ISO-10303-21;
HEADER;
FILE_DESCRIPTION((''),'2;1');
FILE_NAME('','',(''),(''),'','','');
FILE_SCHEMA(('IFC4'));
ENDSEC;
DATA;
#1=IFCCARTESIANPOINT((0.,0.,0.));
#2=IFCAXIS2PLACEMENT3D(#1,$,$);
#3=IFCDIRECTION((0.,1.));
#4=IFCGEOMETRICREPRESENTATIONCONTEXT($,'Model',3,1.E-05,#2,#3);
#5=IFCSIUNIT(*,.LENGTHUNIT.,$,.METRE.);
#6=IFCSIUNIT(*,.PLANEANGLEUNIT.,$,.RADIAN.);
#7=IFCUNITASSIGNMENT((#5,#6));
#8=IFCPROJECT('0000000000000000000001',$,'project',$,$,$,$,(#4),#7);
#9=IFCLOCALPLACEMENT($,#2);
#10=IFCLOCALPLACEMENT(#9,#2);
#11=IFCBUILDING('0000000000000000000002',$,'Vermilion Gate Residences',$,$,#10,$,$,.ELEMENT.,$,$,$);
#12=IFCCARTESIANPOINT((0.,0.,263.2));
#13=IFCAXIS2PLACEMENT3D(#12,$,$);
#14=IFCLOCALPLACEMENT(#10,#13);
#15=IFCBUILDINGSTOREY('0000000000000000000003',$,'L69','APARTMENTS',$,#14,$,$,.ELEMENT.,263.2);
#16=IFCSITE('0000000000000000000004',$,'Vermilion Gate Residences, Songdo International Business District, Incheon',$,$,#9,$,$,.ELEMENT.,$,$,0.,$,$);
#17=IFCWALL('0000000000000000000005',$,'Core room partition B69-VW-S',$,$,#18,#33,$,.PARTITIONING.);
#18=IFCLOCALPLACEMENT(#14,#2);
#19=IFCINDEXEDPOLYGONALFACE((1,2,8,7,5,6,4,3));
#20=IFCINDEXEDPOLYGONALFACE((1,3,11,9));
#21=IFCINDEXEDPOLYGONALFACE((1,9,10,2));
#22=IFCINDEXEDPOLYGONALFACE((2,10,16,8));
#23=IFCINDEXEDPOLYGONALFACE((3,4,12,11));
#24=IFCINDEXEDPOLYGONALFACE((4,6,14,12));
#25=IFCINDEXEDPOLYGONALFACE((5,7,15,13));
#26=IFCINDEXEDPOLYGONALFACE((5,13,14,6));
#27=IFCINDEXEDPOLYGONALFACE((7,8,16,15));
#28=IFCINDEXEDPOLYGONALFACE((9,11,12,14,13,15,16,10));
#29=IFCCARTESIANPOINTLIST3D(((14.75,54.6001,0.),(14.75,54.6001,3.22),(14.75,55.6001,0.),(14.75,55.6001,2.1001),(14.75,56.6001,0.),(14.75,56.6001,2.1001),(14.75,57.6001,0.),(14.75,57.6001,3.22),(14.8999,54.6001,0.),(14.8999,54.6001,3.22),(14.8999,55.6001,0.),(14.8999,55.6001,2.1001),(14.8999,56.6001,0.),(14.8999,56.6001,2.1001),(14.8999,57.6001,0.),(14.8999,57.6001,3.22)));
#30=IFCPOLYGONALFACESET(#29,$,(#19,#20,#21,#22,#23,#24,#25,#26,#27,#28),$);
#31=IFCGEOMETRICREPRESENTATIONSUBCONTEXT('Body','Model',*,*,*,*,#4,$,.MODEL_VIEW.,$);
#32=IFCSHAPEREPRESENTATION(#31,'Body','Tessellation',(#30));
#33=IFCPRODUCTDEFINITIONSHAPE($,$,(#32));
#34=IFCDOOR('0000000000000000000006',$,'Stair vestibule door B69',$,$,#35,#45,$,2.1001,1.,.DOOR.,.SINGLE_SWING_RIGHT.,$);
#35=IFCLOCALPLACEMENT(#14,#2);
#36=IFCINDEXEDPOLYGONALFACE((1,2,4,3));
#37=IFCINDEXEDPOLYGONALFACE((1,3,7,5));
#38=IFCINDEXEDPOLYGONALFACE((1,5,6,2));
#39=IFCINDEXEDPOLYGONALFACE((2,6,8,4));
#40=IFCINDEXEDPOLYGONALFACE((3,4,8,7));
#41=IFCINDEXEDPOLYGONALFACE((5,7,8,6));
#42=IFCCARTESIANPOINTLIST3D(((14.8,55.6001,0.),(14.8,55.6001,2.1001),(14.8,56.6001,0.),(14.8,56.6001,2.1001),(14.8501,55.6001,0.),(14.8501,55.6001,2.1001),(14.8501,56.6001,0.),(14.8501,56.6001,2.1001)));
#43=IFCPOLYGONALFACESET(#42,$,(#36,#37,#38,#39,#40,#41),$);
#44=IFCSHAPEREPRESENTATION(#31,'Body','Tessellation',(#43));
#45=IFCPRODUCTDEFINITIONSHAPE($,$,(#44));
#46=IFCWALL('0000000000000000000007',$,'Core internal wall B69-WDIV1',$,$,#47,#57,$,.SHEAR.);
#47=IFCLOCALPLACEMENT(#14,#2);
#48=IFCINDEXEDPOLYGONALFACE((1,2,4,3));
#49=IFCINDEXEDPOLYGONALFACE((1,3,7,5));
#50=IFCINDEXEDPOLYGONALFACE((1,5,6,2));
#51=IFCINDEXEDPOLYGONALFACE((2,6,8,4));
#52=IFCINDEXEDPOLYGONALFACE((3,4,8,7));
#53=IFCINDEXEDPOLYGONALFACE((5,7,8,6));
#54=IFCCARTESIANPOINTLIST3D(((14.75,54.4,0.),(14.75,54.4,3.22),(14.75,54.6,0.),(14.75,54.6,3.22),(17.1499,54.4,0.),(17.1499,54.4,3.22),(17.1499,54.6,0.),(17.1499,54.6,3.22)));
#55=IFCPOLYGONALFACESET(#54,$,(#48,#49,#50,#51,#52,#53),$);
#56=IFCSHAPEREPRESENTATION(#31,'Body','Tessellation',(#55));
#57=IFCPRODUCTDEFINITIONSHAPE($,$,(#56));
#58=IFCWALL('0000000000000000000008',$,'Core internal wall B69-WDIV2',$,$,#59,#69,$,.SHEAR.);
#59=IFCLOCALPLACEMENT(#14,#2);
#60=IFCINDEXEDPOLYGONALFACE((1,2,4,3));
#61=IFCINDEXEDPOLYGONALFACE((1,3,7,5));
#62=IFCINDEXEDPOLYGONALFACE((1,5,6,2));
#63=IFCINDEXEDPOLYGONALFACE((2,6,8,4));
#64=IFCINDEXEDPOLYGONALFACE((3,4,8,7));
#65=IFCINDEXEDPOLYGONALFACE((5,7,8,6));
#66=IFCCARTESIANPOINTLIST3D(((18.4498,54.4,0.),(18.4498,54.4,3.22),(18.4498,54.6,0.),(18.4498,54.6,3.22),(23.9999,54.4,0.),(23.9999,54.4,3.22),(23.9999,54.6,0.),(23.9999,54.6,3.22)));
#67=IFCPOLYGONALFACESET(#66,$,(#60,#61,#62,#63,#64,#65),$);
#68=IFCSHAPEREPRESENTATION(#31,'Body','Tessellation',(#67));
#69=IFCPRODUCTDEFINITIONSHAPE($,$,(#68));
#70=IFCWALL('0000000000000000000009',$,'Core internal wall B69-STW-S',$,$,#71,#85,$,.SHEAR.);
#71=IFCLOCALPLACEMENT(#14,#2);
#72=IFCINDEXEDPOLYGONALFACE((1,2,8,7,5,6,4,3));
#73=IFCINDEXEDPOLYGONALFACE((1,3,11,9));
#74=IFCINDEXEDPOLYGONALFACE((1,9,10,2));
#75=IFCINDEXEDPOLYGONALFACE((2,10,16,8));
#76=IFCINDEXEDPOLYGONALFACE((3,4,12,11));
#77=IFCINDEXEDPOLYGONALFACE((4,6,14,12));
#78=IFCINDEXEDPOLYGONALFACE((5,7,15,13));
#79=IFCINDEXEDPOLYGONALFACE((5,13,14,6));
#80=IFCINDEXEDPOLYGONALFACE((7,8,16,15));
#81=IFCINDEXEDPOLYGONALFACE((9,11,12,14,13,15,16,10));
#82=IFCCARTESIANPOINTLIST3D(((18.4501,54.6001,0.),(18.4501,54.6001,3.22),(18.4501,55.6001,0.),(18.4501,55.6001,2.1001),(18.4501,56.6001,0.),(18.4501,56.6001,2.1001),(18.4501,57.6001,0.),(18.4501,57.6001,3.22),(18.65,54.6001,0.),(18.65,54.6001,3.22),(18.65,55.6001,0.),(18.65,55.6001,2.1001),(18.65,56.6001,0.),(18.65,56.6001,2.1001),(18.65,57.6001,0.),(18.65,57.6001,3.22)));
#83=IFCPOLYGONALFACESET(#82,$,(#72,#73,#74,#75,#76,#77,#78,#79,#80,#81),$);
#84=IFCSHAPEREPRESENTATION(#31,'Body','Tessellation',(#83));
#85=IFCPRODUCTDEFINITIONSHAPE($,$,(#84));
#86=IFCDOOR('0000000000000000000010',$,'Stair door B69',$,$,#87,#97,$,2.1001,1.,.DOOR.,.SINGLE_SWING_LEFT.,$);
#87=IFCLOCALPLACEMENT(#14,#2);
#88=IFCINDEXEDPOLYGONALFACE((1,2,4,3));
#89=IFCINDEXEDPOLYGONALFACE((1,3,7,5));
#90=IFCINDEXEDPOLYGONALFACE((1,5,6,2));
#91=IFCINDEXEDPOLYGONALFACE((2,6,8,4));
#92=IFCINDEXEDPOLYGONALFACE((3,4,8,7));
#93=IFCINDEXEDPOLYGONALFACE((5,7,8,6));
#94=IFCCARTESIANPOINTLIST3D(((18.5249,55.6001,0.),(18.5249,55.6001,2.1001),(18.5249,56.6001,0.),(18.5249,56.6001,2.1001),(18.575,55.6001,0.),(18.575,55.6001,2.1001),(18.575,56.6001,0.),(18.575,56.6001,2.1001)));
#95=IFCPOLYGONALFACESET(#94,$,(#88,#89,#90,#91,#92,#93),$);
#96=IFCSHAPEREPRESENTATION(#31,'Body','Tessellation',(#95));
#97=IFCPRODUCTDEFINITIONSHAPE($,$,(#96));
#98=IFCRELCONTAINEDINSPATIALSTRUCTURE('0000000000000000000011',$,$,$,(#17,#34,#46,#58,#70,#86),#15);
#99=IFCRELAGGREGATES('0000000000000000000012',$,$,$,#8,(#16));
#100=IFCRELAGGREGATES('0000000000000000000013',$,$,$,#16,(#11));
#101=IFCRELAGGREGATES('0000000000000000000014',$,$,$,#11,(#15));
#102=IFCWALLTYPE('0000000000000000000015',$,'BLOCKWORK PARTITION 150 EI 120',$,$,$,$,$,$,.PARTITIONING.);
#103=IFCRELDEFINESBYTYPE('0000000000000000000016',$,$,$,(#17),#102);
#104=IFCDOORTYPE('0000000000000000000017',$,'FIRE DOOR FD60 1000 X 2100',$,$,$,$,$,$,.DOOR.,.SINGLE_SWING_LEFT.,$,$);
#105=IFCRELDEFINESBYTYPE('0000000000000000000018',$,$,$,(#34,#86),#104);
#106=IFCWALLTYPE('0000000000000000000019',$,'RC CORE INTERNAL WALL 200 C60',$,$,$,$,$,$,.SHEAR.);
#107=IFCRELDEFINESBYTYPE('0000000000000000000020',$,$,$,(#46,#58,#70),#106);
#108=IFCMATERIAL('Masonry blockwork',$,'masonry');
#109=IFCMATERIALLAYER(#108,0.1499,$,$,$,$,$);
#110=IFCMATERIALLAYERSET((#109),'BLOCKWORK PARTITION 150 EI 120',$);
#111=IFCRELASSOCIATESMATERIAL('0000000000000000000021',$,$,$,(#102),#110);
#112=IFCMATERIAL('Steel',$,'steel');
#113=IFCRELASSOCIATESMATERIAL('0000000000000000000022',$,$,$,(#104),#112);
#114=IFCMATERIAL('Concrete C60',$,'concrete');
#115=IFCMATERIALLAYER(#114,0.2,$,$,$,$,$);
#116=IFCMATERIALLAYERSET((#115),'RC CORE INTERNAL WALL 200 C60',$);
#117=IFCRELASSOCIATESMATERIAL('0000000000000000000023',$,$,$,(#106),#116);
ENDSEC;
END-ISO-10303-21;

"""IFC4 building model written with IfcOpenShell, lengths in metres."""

from ifc_helpers import new_model, si_unit, direction, frame, frame_2d, origin, place, context, subcontext, project, spatial, rectangle, extrude, material, layer, layer_set, type_object, element, fill, save


model = new_model("IFC4")

# Units and contexts
model_context = context("Model", 3, precision=1e-05, world=origin(), true_north=direction((0.0, 1.0)))
body_context = subcontext(model_context, "Body", "Model", "MODEL_VIEW")
ifc_project = project(units=[si_unit("LENGTHUNIT", "METRE"), si_unit("PLANEANGLEUNIT", "RADIAN")], contexts=[model_context])

# Site, building, storey
site_placement = place(None, origin())
site = spatial("IfcSite", under=ifc_project, at=site_placement, Name="Vermilion Gate Residences, Songdo International Business District, Incheon", CompositionType="ELEMENT", RefElevation=0.0)
building_placement = place(site_placement, origin())
building = spatial("IfcBuilding", under=site, at=building_placement, Name="Vermilion Gate Residences", CompositionType="ELEMENT")
storey_placement = place(building_placement, frame((0.0, 0.0, 263.2)))
storey = spatial("IfcBuildingStorey", under=building, at=storey_placement, Name="L69", Description="APARTMENTS", CompositionType="ELEMENT", Elevation=263.2)

# Wall, opening, door
ifc_material_1 = material(Name="Masonry blockwork", Category="masonry")
ifc_layer_1 = layer(ifc_material_1, 0.1499)
ifc_layer_set_1 = layer_set([ifc_layer_1], Name="BLOCKWORK PARTITION 150 EI 120")
wall_type_1 = type_object("IfcWallType", Name="BLOCKWORK PARTITION 150 EI 120", PredefinedType="PARTITIONING", material=ifc_layer_set_1)
wall_1_placement = place(storey_placement, frame((14.825, 57.6001, 0.0), z_axis=(0.0, 0.0, 1.0), x_axis=(0.0, -1.0, 0.0)))
wall_1 = element("IfcWall", 1, at=wall_1_placement, inside=storey, type_object=wall_type_1, Name="Core room partition B69-VW-S", PredefinedType="PARTITIONING", context=body_context, shape_type="SweptSolid", body=[
    extrude(rectangle(XDim=3.0, YDim=0.1499, at=frame_2d((1.5, 0.0))), origin(), (0.0, 0.0, 1.0), 3.22),
])
opening_1_placement = place(wall_1_placement, frame((1.0, 0.0, 0.0)))
opening_1 = element("IfcOpeningElement", 2, at=opening_1_placement, cuts=wall_1, PredefinedType="OPENING", context=body_context, shape_type="SweptSolid", body=[
    extrude(rectangle(XDim=1.0, YDim=2.1001, at=frame_2d((0.5, 1.05))), frame((0.0, 0.085, 0.0), z_axis=(0.0, -1.0, 0.0), x_axis=(1.0, 0.0, 0.0)), (0.0, 0.0, 1.0), 0.1699),
])
ifc_material_2 = material(Name="Steel", Category="steel")
door_type = type_object("IfcDoorType", Name="FIRE DOOR FD60 1000 X 2100", OperationType="SINGLE_SWING_LEFT", PredefinedType="DOOR", material=ifc_material_2)
door_1_placement = place(opening_1_placement, frame((1.0, 0.0, 0.0), z_axis=(0.0, 0.0, 1.0), x_axis=(-1.0, 0.0, 0.0)))
door_1 = element("IfcDoor", 3, at=door_1_placement, inside=storey, type_object=door_type, Name="Stair vestibule door B69", OperationType="SINGLE_SWING_RIGHT", OverallHeight=2.1001, OverallWidth=1.0, PredefinedType="DOOR", context=body_context, shape_type="SweptSolid", body=[
    extrude(rectangle(XDim=1.0, YDim=2.1001, at=frame_2d((0.5, 1.05))), frame((0.0, 0.0249, 0.0), z_axis=(0.0, -1.0, 0.0), x_axis=(1.0, 0.0, 0.0)), (0.0, 0.0, 1.0), 0.05),
])
fill(opening_1, door_1)

# Walls
ifc_material_3 = material(Name="Concrete C60", Category="concrete")
ifc_layer_2 = layer(ifc_material_3, 0.2)
ifc_layer_set_2 = layer_set([ifc_layer_2], Name="RC CORE INTERNAL WALL 200 C60")
wall_type_2 = type_object("IfcWallType", Name="RC CORE INTERNAL WALL 200 C60", PredefinedType="SHEAR", material=ifc_layer_set_2)
wall_2_placement = place(storey_placement, frame((14.75, 54.5, 0.0), z_axis=(0.0, 0.0, 1.0), x_axis=(1.0, 0.0, 0.0)))
element("IfcWall", 4, at=wall_2_placement, inside=storey, type_object=wall_type_2, Name="Core internal wall B69-WDIV1", PredefinedType="SHEAR", context=body_context, shape_type="SweptSolid", body=[
    extrude(rectangle(XDim=2.3999, YDim=0.2, at=frame_2d((1.2, 0.0))), origin(), (0.0, 0.0, 1.0), 3.22),
])
wall_3_placement = place(storey_placement, frame((18.45, 54.5, 0.0), z_axis=(0.0, 0.0, 1.0), x_axis=(1.0, 0.0, 0.0)))
element("IfcWall", 5, at=wall_3_placement, inside=storey, type_object=wall_type_2, Name="Core internal wall B69-WDIV2", PredefinedType="SHEAR", context=body_context, shape_type="SweptSolid", body=[
    extrude(rectangle(XDim=5.55, YDim=0.2, at=frame_2d((2.7749, 0.0))), origin(), (0.0, 0.0, 1.0), 3.22),
])

# Wall, opening, door
wall_4_placement = place(storey_placement, frame((18.55, 57.6001, 0.0), z_axis=(0.0, 0.0, 1.0), x_axis=(0.0, -1.0, 0.0)))
wall_4 = element("IfcWall", 6, at=wall_4_placement, inside=storey, type_object=wall_type_2, Name="Core internal wall B69-STW-S", PredefinedType="SHEAR", context=body_context, shape_type="SweptSolid", body=[
    extrude(rectangle(XDim=3.0, YDim=0.2, at=frame_2d((1.5, 0.0))), origin(), (0.0, 0.0, 1.0), 3.22),
])
opening_2_placement = place(wall_4_placement, frame((1.0, 0.0, 0.0)))
opening_2 = element("IfcOpeningElement", 7, at=opening_2_placement, cuts=wall_4, PredefinedType="OPENING", context=body_context, shape_type="SweptSolid", body=[
    extrude(rectangle(XDim=1.0, YDim=2.1001, at=frame_2d((0.5, 1.05))), frame((0.0, 0.1099, 0.0), z_axis=(0.0, -1.0, 0.0), x_axis=(1.0, 0.0, 0.0)), (0.0, 0.0, 1.0), 0.22),
])
door_2_placement = place(opening_2_placement, origin())
door_2 = element("IfcDoor", 8, at=door_2_placement, inside=storey, type_object=door_type, Name="Stair door B69", OperationType="SINGLE_SWING_LEFT", OverallHeight=2.1001, OverallWidth=1.0, PredefinedType="DOOR", context=body_context, shape_type="SweptSolid", body=[
    extrude(rectangle(XDim=1.0, YDim=2.1001, at=frame_2d((0.5, 1.05))), frame((0.0, 0.0249, 0.0), z_axis=(0.0, -1.0, 0.0), x_axis=(1.0, 0.0, 0.0)), (0.0, 0.0, 1.0), 0.05),
])
fill(opening_2, door_2)

save(model, "model.ifc")
